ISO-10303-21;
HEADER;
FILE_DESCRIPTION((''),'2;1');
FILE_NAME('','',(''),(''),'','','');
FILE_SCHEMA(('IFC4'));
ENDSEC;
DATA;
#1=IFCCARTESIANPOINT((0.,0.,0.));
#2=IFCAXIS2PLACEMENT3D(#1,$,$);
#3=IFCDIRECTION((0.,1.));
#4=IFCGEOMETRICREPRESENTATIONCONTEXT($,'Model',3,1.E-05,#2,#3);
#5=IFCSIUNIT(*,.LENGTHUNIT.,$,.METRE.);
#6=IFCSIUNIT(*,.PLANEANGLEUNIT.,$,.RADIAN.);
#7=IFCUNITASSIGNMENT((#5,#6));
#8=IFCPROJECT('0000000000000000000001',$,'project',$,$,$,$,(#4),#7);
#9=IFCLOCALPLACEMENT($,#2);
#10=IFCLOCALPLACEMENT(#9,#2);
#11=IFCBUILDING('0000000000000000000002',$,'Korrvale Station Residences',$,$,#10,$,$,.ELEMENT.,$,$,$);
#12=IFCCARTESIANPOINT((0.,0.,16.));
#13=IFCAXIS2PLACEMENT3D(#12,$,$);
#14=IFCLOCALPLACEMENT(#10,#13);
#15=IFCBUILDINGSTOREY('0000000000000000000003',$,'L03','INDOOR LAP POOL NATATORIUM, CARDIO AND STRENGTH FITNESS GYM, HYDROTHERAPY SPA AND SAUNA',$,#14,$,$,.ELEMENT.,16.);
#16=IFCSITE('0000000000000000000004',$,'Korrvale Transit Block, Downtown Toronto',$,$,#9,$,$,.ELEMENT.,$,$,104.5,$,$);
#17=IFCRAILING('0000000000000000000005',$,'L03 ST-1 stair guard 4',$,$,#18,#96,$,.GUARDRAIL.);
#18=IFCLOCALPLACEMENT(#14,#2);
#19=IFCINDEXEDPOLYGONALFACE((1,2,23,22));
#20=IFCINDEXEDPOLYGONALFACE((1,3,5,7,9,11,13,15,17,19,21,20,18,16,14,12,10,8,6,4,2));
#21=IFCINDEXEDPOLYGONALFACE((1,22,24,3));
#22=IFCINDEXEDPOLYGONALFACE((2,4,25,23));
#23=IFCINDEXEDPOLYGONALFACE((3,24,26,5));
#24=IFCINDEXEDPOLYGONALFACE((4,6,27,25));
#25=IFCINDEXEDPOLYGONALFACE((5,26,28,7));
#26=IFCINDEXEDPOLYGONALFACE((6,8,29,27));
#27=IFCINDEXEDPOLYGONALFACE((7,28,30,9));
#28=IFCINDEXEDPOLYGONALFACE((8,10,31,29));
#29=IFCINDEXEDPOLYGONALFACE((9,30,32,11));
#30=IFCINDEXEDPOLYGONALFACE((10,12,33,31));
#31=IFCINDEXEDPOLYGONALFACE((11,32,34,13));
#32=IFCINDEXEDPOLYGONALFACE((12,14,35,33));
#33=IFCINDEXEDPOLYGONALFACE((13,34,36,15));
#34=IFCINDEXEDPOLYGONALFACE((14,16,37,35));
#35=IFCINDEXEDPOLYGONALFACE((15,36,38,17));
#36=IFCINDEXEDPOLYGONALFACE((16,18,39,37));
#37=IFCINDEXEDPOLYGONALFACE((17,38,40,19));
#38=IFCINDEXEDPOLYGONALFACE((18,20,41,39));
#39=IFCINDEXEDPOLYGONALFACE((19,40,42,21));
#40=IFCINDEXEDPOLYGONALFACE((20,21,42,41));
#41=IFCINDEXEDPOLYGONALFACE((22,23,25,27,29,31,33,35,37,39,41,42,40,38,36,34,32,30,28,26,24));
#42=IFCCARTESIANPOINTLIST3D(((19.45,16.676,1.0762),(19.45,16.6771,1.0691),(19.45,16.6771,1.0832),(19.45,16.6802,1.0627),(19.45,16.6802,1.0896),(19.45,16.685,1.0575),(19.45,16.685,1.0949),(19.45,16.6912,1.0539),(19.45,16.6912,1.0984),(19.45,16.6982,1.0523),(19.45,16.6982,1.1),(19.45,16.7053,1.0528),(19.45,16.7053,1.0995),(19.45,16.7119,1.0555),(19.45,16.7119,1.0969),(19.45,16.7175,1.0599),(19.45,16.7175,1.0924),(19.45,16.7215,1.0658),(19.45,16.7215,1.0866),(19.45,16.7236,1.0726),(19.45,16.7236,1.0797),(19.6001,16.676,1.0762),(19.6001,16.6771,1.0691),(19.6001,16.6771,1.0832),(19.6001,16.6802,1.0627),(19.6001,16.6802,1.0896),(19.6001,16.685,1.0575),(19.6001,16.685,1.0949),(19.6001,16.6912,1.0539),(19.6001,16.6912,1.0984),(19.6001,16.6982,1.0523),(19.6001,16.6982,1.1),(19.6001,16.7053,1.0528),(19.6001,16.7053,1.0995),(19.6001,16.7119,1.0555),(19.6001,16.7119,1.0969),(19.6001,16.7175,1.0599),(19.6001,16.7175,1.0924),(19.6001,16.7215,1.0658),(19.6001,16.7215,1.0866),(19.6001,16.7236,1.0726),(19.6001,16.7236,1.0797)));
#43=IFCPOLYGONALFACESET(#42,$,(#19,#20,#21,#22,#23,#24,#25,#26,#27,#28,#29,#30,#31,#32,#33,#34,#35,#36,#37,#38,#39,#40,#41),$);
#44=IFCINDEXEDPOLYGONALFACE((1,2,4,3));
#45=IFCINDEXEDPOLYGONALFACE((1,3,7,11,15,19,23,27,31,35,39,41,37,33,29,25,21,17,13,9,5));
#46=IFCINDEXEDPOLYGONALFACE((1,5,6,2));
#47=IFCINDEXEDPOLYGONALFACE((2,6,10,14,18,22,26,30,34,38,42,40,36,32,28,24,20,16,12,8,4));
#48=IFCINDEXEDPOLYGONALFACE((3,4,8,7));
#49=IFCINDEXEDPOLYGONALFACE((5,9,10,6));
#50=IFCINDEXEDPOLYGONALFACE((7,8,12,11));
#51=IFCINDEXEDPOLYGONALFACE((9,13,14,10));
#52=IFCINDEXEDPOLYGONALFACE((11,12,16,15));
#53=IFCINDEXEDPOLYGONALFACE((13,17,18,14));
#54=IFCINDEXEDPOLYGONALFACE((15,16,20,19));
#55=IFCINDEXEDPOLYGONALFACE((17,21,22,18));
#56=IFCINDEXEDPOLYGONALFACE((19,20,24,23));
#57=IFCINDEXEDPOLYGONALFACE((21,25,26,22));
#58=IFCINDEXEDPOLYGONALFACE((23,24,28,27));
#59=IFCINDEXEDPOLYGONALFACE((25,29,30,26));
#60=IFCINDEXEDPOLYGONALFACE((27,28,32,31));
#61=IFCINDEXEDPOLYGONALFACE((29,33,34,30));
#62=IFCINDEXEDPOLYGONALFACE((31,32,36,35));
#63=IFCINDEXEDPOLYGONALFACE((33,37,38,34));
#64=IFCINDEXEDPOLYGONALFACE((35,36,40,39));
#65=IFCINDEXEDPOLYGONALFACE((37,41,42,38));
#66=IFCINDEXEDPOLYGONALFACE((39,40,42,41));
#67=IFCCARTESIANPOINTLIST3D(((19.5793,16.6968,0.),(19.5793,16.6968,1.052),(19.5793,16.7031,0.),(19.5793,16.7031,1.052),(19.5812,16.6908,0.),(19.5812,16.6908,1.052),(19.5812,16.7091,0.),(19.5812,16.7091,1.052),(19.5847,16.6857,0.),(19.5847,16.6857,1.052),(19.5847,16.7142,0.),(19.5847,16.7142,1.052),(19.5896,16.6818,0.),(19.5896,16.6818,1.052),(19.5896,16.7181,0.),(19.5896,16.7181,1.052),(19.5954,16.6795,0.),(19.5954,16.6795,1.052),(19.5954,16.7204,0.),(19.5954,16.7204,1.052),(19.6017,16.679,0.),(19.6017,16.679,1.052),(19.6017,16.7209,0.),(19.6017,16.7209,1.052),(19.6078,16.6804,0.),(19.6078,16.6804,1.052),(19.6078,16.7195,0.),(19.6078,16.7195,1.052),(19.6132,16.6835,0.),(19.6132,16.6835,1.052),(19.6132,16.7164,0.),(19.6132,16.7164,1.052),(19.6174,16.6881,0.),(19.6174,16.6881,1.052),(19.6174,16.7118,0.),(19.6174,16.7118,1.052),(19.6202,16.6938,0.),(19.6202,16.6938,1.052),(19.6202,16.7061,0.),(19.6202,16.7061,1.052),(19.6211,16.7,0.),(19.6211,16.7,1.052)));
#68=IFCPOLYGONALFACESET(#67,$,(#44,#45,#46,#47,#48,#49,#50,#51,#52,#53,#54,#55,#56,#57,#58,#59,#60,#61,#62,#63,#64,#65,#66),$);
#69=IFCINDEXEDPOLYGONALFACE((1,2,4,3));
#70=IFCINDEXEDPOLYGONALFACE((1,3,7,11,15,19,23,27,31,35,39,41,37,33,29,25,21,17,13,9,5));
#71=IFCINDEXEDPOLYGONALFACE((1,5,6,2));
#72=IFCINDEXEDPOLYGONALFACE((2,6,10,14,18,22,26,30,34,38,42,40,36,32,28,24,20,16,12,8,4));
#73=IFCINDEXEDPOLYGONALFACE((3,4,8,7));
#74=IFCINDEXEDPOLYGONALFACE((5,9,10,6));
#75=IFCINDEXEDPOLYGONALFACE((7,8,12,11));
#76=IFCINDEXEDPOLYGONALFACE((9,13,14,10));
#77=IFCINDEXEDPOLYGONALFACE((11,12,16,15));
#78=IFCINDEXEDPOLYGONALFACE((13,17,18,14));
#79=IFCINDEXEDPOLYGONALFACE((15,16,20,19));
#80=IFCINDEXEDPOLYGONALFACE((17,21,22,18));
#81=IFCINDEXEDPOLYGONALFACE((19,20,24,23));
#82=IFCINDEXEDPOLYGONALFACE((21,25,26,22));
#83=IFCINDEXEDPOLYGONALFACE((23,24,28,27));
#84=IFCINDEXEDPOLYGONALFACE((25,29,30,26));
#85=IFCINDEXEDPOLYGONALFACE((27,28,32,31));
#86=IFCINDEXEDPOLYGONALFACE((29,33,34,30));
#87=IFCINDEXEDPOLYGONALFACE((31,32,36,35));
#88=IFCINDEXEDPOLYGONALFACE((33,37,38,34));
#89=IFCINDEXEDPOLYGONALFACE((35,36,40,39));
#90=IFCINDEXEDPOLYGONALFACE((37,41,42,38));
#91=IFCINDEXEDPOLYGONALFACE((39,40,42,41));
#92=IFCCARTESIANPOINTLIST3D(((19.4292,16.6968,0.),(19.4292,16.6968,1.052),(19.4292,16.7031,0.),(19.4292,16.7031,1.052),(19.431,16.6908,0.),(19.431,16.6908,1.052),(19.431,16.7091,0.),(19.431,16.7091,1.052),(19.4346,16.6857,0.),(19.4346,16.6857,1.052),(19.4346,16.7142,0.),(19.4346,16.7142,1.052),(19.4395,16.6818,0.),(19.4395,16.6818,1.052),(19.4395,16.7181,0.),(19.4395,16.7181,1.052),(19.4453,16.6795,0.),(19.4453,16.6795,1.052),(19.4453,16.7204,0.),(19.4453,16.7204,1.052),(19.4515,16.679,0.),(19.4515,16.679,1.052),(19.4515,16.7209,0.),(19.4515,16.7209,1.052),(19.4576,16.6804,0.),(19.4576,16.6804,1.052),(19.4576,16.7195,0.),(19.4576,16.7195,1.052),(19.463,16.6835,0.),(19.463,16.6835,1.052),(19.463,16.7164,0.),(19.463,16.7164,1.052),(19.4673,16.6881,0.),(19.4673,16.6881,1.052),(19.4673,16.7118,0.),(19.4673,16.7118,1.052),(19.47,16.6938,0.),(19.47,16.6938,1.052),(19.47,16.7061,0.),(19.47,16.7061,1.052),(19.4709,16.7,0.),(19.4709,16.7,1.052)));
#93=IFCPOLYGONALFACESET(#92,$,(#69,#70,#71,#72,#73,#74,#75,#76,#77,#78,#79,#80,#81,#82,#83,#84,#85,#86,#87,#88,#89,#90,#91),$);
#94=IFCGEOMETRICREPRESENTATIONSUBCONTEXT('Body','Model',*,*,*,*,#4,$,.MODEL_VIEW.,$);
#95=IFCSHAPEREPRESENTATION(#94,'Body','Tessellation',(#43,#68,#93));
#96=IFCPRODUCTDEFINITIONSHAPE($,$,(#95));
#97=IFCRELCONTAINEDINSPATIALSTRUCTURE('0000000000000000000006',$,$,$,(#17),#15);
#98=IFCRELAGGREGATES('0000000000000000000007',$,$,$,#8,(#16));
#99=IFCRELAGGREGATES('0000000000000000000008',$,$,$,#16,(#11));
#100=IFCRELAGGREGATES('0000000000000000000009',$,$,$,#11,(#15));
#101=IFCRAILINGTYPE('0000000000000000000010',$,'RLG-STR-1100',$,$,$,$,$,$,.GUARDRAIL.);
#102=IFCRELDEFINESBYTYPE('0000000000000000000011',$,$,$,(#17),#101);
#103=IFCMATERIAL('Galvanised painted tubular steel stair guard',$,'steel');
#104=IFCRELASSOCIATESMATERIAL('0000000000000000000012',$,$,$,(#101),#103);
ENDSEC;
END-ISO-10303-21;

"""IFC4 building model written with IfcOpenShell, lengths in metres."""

from ifc_helpers import new_model, si_unit, direction, frame, origin, origin_2d, place, context, subcontext, project, spatial, circle, extrude, material, type_object, element, save


model = new_model("IFC4")

# Units and contexts
model_context = context("Model", 3, precision=1e-05, world=origin(), true_north=direction((0.0, 1.0)))
body_context = subcontext(model_context, "Body", "Model", "MODEL_VIEW")
ifc_project = project(units=[si_unit("LENGTHUNIT", "METRE"), si_unit("PLANEANGLEUNIT", "RADIAN")], contexts=[model_context])

# Site, building, storey
site_placement = place(None, origin())
site = spatial("IfcSite", under=ifc_project, at=site_placement, Name="Korrvale Transit Block, Downtown Toronto", CompositionType="ELEMENT", RefElevation=104.5)
building_placement = place(site_placement, origin())
building = spatial("IfcBuilding", under=site, at=building_placement, Name="Korrvale Station Residences", CompositionType="ELEMENT")
storey_placement = place(building_placement, frame((0.0, 0.0, 16.0)))
storey = spatial("IfcBuildingStorey", under=building, at=storey_placement, Name="L03", Description="INDOOR LAP POOL NATATORIUM, CARDIO AND STRENGTH FITNESS GYM, HYDROTHERAPY SPA AND SAUNA", CompositionType="ELEMENT", Elevation=16.0)

# Railing
ifc_material_1 = material(Name="Galvanised painted tubular steel stair guard", Category="steel")
railing_type_1 = type_object("IfcRailingType", Name="RLG-STR-1100", PredefinedType="GUARDRAIL", material=ifc_material_1)
railing_1_placement = place(storey_placement, frame((19.6001, 16.7, 0.0)))
element("IfcRailing", 1, at=railing_1_placement, inside=storey, type_object=railing_type_1, Name="L03 ST-1 stair guard 4", PredefinedType="GUARDRAIL", context=body_context, shape_type="SweptSolid", body=[
    extrude(circle(Radius=0.0239, at=origin_2d()), frame((0.0, 0.0, 1.0762), z_axis=(-1.0, 0.0, 0.0), x_axis=(0.0, -1.0, 0.0)), (0.0, 0.0, 1.0), 0.1501),
    extrude(circle(Radius=0.021, at=origin_2d()), origin(), (0.0, 0.0, 1.0), 1.052),
    extrude(circle(Radius=0.021, at=origin_2d()), frame((-0.1501, 0.0, 0.0)), (0.0, 0.0, 1.0), 1.052),
])

save(model, "model.ifc")
